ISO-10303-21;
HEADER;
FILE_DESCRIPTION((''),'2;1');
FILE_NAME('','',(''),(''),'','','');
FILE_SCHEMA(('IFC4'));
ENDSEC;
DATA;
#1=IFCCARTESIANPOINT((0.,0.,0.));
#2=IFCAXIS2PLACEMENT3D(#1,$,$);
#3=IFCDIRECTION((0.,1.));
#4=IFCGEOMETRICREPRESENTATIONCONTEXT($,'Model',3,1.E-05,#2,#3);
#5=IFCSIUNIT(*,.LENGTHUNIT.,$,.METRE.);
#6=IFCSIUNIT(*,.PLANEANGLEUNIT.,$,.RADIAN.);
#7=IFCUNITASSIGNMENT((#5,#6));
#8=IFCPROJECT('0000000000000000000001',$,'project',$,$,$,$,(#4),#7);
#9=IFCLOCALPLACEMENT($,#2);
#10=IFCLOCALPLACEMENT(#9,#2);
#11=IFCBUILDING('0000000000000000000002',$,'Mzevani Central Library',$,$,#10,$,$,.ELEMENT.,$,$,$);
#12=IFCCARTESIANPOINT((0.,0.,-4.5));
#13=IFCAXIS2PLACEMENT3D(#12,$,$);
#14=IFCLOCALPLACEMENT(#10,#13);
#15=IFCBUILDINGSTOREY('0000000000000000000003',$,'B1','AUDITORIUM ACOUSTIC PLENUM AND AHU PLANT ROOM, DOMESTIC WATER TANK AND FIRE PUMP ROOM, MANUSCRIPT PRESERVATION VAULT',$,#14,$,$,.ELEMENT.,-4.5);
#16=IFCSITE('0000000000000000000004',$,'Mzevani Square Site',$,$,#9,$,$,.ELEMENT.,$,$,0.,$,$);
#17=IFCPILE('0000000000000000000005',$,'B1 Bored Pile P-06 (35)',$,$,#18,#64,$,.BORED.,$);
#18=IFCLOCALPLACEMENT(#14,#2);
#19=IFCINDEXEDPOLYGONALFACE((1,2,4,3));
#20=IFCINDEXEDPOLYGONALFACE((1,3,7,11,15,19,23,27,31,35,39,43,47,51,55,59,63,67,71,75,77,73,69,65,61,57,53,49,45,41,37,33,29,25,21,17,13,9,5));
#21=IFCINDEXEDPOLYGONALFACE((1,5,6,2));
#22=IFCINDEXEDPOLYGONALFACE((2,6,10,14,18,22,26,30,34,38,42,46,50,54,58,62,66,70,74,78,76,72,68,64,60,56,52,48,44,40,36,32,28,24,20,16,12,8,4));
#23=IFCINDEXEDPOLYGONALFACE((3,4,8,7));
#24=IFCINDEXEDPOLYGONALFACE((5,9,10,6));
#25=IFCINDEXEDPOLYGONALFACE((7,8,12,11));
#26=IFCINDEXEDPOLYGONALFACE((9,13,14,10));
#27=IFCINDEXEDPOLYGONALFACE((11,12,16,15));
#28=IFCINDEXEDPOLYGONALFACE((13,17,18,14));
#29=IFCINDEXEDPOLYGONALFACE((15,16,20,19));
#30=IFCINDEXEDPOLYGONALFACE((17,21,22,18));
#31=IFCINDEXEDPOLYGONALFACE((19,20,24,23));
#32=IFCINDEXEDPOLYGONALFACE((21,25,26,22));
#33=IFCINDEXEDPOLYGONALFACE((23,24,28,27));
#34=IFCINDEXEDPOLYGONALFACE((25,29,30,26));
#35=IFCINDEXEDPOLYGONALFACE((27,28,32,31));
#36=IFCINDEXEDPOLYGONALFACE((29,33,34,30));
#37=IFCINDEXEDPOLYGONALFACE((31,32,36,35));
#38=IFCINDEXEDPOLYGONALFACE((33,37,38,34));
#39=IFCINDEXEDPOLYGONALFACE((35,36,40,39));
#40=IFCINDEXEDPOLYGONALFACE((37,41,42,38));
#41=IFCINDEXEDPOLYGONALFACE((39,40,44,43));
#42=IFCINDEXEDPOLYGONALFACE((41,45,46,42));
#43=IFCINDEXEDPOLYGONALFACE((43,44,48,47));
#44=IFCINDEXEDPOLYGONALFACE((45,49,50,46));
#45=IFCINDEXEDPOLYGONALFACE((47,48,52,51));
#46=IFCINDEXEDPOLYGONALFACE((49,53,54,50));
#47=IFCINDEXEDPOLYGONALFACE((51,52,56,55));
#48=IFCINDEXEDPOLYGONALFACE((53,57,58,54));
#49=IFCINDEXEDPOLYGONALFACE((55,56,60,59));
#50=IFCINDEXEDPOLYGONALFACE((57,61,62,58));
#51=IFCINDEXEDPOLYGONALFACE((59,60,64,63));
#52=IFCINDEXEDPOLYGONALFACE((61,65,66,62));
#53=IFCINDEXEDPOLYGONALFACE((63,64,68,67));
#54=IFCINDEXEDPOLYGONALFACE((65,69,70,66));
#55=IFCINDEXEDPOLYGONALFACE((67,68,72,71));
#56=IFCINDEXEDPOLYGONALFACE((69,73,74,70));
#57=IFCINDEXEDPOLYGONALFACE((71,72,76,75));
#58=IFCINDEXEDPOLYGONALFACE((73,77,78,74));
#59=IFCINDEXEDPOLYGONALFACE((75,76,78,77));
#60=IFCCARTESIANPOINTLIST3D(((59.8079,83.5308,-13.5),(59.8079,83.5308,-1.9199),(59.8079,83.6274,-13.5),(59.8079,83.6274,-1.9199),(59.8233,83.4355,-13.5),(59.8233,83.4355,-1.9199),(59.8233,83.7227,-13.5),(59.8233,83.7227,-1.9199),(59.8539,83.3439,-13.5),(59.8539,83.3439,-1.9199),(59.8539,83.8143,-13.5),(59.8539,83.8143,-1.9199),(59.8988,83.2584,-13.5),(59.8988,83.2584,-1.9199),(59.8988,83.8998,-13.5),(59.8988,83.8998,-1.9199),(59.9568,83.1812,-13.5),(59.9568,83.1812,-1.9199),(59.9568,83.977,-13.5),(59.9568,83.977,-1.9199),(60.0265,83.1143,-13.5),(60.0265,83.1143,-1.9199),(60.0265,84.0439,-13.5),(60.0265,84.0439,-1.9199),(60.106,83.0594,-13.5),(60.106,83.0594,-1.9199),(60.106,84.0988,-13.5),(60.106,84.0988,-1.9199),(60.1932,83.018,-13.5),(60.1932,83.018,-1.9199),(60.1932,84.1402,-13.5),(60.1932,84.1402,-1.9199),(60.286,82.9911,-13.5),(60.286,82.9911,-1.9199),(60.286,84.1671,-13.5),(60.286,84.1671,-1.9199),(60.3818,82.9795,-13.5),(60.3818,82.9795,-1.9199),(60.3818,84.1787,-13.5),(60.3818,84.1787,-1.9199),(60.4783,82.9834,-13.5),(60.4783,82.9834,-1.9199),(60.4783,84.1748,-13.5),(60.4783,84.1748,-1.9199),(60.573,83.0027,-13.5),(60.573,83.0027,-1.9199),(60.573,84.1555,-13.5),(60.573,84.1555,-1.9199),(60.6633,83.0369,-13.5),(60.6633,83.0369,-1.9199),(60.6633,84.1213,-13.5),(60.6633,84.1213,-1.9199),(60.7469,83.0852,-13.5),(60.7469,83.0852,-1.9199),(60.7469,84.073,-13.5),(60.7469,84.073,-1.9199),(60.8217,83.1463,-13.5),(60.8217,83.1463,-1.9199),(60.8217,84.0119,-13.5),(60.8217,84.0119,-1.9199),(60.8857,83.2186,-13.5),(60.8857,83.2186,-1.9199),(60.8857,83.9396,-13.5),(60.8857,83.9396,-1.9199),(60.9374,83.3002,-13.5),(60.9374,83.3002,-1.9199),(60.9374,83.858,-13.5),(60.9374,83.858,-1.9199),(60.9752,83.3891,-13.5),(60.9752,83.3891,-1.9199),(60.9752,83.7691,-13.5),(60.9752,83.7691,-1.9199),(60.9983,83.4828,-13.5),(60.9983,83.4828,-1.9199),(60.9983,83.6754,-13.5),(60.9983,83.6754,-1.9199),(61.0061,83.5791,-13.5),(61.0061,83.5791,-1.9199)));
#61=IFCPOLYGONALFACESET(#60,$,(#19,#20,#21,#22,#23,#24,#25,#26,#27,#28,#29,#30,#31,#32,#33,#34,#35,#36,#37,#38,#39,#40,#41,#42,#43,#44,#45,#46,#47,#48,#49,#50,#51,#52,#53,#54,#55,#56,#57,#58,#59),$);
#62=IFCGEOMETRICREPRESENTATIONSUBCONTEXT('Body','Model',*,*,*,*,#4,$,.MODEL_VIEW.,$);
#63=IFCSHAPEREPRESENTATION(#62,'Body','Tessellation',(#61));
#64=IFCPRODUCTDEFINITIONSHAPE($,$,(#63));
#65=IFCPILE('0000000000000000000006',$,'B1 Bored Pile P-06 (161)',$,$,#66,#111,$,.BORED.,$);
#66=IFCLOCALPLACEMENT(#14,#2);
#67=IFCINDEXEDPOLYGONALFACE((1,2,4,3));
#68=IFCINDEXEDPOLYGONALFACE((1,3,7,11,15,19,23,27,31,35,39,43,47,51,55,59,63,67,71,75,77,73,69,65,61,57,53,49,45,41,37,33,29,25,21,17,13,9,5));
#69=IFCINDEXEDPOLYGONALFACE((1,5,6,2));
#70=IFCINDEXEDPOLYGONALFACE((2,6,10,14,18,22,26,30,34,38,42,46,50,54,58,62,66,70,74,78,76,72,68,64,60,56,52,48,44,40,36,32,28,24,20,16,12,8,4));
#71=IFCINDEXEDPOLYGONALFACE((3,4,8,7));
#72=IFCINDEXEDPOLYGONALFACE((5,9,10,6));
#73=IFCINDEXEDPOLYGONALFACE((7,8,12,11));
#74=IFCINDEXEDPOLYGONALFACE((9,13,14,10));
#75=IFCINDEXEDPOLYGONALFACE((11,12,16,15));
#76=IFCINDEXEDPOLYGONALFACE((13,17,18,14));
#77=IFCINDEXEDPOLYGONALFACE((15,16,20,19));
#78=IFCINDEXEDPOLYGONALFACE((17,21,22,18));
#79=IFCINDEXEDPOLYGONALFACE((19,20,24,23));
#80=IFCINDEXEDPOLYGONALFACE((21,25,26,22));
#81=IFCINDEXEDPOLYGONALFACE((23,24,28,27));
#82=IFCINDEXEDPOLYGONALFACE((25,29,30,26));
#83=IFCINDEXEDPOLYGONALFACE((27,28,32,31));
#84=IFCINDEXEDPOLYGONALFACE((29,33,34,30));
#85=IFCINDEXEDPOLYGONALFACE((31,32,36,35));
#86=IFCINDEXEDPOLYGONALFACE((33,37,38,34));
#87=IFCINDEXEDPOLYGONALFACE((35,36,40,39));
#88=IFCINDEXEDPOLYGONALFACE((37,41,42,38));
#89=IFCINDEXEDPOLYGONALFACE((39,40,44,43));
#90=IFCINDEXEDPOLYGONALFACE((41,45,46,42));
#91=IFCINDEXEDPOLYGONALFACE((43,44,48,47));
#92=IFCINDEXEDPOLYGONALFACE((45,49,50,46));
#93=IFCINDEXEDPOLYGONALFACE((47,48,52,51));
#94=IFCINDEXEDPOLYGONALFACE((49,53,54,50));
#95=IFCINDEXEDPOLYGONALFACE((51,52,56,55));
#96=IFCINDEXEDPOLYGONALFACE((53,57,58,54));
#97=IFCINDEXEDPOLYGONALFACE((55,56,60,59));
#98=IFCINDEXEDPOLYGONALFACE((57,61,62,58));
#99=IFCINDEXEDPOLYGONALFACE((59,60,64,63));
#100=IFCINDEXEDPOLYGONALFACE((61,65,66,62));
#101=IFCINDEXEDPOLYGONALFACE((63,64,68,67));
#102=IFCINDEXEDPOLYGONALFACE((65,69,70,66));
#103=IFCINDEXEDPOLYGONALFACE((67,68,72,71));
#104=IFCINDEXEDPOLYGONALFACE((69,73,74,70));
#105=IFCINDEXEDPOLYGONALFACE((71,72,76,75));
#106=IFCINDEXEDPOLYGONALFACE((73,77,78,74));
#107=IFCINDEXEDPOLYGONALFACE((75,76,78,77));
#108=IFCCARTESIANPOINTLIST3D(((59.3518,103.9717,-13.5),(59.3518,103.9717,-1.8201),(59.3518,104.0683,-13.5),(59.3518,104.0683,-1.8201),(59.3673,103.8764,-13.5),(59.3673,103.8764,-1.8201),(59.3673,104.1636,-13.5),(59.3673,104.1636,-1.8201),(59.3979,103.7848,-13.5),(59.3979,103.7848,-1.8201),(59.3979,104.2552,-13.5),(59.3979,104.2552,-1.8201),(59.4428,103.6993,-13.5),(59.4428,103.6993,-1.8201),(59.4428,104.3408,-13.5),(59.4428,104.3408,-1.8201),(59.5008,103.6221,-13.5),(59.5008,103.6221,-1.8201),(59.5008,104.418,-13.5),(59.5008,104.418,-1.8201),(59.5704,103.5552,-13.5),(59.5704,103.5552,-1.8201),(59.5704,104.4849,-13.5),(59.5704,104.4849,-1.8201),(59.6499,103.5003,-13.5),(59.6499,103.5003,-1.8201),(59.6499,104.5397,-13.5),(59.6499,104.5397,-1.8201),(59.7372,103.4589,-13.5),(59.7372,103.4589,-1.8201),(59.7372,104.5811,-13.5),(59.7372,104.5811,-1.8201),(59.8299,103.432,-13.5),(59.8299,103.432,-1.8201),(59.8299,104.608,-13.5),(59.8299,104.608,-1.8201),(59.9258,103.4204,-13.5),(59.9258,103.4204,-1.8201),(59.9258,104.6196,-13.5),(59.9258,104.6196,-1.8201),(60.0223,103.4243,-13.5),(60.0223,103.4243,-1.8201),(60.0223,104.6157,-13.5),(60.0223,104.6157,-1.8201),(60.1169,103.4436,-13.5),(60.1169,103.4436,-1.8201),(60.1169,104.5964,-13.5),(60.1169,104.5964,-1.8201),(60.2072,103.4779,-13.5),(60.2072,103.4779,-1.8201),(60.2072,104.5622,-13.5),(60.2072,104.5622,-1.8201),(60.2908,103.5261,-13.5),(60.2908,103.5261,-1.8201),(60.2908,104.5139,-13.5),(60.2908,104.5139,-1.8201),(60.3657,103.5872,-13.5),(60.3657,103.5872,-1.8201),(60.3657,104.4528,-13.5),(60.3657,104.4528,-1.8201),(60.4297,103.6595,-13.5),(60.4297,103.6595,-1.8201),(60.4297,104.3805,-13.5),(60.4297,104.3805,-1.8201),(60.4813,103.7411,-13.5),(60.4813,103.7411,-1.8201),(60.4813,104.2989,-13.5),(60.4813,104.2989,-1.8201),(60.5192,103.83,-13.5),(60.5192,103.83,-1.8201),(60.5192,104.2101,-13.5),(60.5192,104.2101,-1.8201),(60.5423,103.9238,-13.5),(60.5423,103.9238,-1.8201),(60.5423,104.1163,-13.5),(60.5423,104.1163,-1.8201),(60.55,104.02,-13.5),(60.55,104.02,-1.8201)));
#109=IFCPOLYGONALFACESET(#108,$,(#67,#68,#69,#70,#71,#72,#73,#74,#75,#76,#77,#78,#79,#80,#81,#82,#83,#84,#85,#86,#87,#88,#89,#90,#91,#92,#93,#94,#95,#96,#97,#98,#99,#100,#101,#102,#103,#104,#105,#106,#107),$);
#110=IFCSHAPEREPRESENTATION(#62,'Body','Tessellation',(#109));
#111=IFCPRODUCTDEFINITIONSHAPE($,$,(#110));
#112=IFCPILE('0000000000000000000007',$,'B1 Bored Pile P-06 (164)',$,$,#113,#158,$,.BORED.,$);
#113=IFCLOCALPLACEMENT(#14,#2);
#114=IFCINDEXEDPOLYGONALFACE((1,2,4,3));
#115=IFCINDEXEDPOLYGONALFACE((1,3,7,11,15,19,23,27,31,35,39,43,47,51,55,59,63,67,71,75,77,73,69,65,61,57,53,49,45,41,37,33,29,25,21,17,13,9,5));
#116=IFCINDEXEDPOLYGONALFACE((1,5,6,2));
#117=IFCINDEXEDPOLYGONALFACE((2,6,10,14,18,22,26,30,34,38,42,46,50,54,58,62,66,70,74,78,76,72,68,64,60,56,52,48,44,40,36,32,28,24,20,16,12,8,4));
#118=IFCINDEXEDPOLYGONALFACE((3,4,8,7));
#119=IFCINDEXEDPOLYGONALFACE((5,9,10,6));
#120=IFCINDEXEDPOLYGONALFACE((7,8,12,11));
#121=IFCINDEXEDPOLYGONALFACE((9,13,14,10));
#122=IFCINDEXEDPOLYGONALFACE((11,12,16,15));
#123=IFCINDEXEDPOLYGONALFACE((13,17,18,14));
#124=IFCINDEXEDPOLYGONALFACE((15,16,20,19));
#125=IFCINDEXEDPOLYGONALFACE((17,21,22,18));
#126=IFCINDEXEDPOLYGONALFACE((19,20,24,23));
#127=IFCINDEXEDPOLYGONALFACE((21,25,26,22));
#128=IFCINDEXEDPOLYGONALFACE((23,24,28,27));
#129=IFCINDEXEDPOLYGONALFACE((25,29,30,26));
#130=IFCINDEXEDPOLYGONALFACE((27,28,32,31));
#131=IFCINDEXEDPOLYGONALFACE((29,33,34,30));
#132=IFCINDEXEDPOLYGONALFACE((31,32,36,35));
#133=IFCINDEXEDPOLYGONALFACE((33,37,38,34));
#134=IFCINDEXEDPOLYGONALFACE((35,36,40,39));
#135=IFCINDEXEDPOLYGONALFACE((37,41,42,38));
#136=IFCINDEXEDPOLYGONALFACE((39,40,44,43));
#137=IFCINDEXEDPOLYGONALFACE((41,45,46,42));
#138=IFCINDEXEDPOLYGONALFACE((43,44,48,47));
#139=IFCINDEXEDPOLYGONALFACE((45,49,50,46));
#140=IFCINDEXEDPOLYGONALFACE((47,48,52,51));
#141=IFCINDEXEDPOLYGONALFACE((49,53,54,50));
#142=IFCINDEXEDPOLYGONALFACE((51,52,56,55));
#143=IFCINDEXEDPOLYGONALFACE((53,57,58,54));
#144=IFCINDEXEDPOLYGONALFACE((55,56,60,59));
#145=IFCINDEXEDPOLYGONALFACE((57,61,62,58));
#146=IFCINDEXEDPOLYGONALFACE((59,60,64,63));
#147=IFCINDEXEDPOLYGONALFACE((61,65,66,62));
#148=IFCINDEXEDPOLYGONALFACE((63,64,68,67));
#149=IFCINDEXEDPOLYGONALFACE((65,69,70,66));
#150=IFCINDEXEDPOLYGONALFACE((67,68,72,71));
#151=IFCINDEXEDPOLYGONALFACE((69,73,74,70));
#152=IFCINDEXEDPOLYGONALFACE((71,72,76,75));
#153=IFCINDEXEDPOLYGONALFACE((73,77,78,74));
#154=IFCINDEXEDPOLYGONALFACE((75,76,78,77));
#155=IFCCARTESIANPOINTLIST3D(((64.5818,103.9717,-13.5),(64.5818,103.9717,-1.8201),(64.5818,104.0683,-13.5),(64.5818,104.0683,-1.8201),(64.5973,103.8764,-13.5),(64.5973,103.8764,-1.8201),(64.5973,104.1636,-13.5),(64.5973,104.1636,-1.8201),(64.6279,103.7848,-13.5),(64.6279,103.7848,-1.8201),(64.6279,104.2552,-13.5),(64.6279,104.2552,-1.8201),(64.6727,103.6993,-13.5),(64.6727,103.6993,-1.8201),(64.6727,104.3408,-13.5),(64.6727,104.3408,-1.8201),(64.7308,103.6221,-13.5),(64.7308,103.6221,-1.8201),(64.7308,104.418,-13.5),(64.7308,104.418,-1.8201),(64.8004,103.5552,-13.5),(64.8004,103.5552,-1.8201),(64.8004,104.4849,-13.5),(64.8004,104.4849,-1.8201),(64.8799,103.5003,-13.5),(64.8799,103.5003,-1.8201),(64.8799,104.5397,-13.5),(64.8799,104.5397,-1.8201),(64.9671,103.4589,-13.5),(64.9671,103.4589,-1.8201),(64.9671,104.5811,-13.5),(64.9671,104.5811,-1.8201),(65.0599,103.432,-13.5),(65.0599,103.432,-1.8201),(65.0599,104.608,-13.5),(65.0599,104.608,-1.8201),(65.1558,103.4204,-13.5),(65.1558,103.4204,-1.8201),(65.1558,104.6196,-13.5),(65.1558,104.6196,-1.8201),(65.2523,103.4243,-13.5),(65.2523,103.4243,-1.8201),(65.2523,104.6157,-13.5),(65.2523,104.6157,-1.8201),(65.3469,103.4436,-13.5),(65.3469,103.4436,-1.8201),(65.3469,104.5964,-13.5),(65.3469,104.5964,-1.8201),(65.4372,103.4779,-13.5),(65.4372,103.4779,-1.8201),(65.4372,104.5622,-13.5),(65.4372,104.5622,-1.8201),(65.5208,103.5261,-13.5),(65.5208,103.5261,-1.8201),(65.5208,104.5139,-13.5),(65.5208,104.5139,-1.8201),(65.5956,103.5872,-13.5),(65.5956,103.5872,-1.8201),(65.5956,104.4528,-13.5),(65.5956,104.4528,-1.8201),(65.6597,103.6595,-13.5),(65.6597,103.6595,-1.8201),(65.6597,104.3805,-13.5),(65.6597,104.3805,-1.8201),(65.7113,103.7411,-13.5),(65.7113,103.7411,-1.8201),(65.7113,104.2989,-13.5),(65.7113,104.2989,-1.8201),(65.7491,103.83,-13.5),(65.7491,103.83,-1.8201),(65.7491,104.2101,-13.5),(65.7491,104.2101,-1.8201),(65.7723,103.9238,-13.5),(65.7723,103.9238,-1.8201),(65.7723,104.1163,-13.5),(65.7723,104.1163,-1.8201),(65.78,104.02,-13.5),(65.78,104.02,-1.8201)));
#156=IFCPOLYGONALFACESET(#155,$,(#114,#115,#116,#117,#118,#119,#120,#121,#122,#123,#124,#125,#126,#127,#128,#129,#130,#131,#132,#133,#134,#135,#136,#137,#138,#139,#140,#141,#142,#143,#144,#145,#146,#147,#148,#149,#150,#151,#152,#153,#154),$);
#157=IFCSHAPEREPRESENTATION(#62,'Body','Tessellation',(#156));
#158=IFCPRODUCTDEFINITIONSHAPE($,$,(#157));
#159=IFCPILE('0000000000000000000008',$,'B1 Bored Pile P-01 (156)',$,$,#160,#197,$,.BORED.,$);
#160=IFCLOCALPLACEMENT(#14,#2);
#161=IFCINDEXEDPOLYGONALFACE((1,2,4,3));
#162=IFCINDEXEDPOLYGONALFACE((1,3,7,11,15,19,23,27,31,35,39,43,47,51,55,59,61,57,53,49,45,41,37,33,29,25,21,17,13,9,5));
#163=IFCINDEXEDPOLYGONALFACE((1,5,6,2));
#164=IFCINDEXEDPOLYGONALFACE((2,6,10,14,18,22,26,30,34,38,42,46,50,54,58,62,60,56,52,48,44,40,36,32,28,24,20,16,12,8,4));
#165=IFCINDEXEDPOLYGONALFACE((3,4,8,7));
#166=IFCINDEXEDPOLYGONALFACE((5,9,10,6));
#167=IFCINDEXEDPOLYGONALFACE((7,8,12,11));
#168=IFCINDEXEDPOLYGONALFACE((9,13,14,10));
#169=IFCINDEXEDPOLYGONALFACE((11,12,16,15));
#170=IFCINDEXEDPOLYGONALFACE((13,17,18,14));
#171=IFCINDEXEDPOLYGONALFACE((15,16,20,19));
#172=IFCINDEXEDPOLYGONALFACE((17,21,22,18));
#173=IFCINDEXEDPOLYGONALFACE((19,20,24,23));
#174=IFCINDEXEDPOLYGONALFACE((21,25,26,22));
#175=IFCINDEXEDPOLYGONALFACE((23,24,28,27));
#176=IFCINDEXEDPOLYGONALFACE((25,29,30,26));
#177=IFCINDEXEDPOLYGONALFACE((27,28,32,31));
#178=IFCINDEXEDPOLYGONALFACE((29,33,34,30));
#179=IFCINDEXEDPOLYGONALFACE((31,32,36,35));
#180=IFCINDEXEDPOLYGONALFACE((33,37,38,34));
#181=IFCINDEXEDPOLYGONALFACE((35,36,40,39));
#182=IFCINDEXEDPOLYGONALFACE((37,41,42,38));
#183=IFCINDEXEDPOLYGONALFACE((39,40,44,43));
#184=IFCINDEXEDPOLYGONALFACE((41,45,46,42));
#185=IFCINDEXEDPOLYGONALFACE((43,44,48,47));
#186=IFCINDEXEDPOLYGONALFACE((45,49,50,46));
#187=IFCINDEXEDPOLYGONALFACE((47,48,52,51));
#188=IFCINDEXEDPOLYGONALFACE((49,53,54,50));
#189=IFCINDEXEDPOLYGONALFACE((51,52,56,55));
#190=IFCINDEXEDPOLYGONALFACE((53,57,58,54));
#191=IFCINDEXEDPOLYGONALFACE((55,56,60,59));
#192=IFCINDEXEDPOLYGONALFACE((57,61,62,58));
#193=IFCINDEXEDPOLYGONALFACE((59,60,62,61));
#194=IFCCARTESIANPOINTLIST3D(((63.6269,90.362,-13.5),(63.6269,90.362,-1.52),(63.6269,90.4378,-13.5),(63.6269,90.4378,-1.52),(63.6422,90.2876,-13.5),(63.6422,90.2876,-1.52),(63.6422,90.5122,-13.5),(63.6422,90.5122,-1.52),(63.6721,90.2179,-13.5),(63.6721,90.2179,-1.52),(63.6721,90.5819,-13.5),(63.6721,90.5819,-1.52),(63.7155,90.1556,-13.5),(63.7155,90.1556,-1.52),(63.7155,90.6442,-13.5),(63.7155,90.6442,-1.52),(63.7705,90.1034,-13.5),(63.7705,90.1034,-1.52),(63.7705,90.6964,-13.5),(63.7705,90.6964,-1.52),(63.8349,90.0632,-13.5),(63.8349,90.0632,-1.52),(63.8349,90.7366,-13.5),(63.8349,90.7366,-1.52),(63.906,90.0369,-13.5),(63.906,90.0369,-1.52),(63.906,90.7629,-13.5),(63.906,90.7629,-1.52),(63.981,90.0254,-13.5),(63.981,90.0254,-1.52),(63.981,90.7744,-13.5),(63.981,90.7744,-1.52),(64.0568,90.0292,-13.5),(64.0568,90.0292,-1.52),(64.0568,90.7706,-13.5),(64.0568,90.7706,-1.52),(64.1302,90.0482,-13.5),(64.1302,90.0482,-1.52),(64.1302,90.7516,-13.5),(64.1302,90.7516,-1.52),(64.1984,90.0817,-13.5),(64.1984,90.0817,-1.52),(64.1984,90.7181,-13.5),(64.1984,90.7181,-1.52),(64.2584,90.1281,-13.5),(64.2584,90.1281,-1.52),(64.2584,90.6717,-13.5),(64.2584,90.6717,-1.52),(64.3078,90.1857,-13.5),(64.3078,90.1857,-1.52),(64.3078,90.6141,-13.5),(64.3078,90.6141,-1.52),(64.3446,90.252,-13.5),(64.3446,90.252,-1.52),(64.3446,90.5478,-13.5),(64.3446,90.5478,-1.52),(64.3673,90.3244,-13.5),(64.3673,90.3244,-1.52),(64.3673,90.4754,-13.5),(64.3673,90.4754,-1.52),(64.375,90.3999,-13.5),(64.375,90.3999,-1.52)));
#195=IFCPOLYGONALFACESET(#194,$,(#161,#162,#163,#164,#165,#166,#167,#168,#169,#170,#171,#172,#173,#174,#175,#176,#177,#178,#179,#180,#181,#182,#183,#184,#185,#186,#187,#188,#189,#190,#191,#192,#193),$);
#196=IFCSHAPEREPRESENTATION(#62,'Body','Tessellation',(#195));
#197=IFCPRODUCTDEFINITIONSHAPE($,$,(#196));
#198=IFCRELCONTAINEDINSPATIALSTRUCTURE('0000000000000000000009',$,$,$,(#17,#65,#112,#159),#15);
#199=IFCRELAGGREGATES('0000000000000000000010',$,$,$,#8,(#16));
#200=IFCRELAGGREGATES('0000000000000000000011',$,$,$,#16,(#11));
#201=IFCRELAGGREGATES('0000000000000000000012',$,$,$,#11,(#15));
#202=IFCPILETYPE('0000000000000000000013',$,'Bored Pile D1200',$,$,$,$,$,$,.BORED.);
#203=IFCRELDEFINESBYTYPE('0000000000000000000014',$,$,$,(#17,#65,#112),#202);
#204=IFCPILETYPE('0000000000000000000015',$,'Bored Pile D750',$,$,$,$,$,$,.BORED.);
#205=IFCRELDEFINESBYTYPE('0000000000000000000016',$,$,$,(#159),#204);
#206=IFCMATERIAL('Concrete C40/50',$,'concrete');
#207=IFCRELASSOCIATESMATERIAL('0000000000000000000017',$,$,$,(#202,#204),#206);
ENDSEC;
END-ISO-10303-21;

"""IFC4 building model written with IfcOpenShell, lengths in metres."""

from ifc_helpers import new_model, si_unit, direction, frame, origin, origin_2d, place, context, subcontext, project, spatial, circle, extrude, material, material_profile, profile_set, type_object, element, save


model = new_model("IFC4")

# Units and contexts
model_context = context("Model", 3, precision=1e-05, world=origin(), true_north=direction((0.0, 1.0)))
body_context = subcontext(model_context, "Body", "Model", "MODEL_VIEW")
ifc_project = project(units=[si_unit("LENGTHUNIT", "METRE"), si_unit("PLANEANGLEUNIT", "RADIAN")], contexts=[model_context])

# Site, building, storey
site_placement = place(None, origin())
site = spatial("IfcSite", under=ifc_project, at=site_placement, Name="Mzevani Square Site", CompositionType="ELEMENT", RefElevation=0.0)
building_placement = place(site_placement, origin())
building = spatial("IfcBuilding", under=site, at=building_placement, Name="Mzevani Central Library", CompositionType="ELEMENT")
storey_placement = place(building_placement, frame((0.0, 0.0, -4.5)))
storey = spatial("IfcBuildingStorey", under=building, at=storey_placement, Name="B1", Description="AUDITORIUM ACOUSTIC PLENUM AND AHU PLANT ROOM, DOMESTIC WATER TANK AND FIRE PUMP ROOM, MANUSCRIPT PRESERVATION VAULT", CompositionType="ELEMENT", Elevation=-4.5)

# Piles
ifc_material_1 = material(Name="Concrete C40/50", Category="concrete")
ifc_material_profile_1 = material_profile(ifc_material_1, circle(Radius=0.6001, at=origin_2d()), Name="PILE D1200")
ifc_profile_set_1 = profile_set([ifc_material_profile_1], Name="Concrete C40/50")
pile_type_1 = type_object("IfcPileType", Name="Bored Pile D1200", PredefinedType="BORED", material=ifc_profile_set_1)
for number, where, z_axis, x_axis, name in (
    (1, (60.406, 83.5791, -1.9199), (0.0, 0.0, -1.0), (1.0, 0.0, 0.0), "B1 Bored Pile P-06 (35)"),
):
    element("IfcPile", number, at=place(storey_placement, frame(where, z_axis=z_axis, x_axis=x_axis)), inside=storey, type_object=pile_type_1, Name=name, PredefinedType="BORED", context=body_context, shape_type="SweptSolid", body=[
        extrude(circle(Radius=0.6001, at=origin_2d()), origin(), (0.0, 0.0, 1.0), 11.5801),
    ])
for number, where, z_axis, x_axis, name in (
    (2, (59.95, 104.02, -1.8201), (0.0, 0.0, -1.0), (1.0, 0.0, 0.0), "B1 Bored Pile P-06 (161)"),
    (3, (65.1799, 104.02, -1.8201), (0.0, 0.0, -1.0), (1.0, 0.0, 0.0), "B1 Bored Pile P-06 (164)"),
):
    element("IfcPile", number, at=place(storey_placement, frame(where, z_axis=z_axis, x_axis=x_axis)), inside=storey, type_object=pile_type_1, Name=name, PredefinedType="BORED", context=body_context, shape_type="SweptSolid", body=[
        extrude(circle(Radius=0.6001, at=origin_2d()), origin(), (0.0, 0.0, 1.0), 11.6799),
    ])
ifc_material_profile_2 = material_profile(ifc_material_1, circle(Radius=0.375, at=origin_2d()), Name="PILE D750")
ifc_profile_set_2 = profile_set([ifc_material_profile_2], Name="Concrete C40/50")
pile_type_2 = type_object("IfcPileType", Name="Bored Pile D750", PredefinedType="BORED", material=ifc_profile_set_2)
for number, where, z_axis, x_axis, name in (
    (4, (64.0, 90.3999, -1.52), (0.0, 0.0, -1.0), (1.0, 0.0, 0.0), "B1 Bored Pile P-01 (156)"),
):
    element("IfcPile", number, at=place(storey_placement, frame(where, z_axis=z_axis, x_axis=x_axis)), inside=storey, type_object=pile_type_2, Name=name, PredefinedType="BORED", context=body_context, shape_type="SweptSolid", body=[
        extrude(circle(Radius=0.375, at=origin_2d()), origin(), (0.0, 0.0, 1.0), 11.98),
    ])

save(model, "model.ifc")
